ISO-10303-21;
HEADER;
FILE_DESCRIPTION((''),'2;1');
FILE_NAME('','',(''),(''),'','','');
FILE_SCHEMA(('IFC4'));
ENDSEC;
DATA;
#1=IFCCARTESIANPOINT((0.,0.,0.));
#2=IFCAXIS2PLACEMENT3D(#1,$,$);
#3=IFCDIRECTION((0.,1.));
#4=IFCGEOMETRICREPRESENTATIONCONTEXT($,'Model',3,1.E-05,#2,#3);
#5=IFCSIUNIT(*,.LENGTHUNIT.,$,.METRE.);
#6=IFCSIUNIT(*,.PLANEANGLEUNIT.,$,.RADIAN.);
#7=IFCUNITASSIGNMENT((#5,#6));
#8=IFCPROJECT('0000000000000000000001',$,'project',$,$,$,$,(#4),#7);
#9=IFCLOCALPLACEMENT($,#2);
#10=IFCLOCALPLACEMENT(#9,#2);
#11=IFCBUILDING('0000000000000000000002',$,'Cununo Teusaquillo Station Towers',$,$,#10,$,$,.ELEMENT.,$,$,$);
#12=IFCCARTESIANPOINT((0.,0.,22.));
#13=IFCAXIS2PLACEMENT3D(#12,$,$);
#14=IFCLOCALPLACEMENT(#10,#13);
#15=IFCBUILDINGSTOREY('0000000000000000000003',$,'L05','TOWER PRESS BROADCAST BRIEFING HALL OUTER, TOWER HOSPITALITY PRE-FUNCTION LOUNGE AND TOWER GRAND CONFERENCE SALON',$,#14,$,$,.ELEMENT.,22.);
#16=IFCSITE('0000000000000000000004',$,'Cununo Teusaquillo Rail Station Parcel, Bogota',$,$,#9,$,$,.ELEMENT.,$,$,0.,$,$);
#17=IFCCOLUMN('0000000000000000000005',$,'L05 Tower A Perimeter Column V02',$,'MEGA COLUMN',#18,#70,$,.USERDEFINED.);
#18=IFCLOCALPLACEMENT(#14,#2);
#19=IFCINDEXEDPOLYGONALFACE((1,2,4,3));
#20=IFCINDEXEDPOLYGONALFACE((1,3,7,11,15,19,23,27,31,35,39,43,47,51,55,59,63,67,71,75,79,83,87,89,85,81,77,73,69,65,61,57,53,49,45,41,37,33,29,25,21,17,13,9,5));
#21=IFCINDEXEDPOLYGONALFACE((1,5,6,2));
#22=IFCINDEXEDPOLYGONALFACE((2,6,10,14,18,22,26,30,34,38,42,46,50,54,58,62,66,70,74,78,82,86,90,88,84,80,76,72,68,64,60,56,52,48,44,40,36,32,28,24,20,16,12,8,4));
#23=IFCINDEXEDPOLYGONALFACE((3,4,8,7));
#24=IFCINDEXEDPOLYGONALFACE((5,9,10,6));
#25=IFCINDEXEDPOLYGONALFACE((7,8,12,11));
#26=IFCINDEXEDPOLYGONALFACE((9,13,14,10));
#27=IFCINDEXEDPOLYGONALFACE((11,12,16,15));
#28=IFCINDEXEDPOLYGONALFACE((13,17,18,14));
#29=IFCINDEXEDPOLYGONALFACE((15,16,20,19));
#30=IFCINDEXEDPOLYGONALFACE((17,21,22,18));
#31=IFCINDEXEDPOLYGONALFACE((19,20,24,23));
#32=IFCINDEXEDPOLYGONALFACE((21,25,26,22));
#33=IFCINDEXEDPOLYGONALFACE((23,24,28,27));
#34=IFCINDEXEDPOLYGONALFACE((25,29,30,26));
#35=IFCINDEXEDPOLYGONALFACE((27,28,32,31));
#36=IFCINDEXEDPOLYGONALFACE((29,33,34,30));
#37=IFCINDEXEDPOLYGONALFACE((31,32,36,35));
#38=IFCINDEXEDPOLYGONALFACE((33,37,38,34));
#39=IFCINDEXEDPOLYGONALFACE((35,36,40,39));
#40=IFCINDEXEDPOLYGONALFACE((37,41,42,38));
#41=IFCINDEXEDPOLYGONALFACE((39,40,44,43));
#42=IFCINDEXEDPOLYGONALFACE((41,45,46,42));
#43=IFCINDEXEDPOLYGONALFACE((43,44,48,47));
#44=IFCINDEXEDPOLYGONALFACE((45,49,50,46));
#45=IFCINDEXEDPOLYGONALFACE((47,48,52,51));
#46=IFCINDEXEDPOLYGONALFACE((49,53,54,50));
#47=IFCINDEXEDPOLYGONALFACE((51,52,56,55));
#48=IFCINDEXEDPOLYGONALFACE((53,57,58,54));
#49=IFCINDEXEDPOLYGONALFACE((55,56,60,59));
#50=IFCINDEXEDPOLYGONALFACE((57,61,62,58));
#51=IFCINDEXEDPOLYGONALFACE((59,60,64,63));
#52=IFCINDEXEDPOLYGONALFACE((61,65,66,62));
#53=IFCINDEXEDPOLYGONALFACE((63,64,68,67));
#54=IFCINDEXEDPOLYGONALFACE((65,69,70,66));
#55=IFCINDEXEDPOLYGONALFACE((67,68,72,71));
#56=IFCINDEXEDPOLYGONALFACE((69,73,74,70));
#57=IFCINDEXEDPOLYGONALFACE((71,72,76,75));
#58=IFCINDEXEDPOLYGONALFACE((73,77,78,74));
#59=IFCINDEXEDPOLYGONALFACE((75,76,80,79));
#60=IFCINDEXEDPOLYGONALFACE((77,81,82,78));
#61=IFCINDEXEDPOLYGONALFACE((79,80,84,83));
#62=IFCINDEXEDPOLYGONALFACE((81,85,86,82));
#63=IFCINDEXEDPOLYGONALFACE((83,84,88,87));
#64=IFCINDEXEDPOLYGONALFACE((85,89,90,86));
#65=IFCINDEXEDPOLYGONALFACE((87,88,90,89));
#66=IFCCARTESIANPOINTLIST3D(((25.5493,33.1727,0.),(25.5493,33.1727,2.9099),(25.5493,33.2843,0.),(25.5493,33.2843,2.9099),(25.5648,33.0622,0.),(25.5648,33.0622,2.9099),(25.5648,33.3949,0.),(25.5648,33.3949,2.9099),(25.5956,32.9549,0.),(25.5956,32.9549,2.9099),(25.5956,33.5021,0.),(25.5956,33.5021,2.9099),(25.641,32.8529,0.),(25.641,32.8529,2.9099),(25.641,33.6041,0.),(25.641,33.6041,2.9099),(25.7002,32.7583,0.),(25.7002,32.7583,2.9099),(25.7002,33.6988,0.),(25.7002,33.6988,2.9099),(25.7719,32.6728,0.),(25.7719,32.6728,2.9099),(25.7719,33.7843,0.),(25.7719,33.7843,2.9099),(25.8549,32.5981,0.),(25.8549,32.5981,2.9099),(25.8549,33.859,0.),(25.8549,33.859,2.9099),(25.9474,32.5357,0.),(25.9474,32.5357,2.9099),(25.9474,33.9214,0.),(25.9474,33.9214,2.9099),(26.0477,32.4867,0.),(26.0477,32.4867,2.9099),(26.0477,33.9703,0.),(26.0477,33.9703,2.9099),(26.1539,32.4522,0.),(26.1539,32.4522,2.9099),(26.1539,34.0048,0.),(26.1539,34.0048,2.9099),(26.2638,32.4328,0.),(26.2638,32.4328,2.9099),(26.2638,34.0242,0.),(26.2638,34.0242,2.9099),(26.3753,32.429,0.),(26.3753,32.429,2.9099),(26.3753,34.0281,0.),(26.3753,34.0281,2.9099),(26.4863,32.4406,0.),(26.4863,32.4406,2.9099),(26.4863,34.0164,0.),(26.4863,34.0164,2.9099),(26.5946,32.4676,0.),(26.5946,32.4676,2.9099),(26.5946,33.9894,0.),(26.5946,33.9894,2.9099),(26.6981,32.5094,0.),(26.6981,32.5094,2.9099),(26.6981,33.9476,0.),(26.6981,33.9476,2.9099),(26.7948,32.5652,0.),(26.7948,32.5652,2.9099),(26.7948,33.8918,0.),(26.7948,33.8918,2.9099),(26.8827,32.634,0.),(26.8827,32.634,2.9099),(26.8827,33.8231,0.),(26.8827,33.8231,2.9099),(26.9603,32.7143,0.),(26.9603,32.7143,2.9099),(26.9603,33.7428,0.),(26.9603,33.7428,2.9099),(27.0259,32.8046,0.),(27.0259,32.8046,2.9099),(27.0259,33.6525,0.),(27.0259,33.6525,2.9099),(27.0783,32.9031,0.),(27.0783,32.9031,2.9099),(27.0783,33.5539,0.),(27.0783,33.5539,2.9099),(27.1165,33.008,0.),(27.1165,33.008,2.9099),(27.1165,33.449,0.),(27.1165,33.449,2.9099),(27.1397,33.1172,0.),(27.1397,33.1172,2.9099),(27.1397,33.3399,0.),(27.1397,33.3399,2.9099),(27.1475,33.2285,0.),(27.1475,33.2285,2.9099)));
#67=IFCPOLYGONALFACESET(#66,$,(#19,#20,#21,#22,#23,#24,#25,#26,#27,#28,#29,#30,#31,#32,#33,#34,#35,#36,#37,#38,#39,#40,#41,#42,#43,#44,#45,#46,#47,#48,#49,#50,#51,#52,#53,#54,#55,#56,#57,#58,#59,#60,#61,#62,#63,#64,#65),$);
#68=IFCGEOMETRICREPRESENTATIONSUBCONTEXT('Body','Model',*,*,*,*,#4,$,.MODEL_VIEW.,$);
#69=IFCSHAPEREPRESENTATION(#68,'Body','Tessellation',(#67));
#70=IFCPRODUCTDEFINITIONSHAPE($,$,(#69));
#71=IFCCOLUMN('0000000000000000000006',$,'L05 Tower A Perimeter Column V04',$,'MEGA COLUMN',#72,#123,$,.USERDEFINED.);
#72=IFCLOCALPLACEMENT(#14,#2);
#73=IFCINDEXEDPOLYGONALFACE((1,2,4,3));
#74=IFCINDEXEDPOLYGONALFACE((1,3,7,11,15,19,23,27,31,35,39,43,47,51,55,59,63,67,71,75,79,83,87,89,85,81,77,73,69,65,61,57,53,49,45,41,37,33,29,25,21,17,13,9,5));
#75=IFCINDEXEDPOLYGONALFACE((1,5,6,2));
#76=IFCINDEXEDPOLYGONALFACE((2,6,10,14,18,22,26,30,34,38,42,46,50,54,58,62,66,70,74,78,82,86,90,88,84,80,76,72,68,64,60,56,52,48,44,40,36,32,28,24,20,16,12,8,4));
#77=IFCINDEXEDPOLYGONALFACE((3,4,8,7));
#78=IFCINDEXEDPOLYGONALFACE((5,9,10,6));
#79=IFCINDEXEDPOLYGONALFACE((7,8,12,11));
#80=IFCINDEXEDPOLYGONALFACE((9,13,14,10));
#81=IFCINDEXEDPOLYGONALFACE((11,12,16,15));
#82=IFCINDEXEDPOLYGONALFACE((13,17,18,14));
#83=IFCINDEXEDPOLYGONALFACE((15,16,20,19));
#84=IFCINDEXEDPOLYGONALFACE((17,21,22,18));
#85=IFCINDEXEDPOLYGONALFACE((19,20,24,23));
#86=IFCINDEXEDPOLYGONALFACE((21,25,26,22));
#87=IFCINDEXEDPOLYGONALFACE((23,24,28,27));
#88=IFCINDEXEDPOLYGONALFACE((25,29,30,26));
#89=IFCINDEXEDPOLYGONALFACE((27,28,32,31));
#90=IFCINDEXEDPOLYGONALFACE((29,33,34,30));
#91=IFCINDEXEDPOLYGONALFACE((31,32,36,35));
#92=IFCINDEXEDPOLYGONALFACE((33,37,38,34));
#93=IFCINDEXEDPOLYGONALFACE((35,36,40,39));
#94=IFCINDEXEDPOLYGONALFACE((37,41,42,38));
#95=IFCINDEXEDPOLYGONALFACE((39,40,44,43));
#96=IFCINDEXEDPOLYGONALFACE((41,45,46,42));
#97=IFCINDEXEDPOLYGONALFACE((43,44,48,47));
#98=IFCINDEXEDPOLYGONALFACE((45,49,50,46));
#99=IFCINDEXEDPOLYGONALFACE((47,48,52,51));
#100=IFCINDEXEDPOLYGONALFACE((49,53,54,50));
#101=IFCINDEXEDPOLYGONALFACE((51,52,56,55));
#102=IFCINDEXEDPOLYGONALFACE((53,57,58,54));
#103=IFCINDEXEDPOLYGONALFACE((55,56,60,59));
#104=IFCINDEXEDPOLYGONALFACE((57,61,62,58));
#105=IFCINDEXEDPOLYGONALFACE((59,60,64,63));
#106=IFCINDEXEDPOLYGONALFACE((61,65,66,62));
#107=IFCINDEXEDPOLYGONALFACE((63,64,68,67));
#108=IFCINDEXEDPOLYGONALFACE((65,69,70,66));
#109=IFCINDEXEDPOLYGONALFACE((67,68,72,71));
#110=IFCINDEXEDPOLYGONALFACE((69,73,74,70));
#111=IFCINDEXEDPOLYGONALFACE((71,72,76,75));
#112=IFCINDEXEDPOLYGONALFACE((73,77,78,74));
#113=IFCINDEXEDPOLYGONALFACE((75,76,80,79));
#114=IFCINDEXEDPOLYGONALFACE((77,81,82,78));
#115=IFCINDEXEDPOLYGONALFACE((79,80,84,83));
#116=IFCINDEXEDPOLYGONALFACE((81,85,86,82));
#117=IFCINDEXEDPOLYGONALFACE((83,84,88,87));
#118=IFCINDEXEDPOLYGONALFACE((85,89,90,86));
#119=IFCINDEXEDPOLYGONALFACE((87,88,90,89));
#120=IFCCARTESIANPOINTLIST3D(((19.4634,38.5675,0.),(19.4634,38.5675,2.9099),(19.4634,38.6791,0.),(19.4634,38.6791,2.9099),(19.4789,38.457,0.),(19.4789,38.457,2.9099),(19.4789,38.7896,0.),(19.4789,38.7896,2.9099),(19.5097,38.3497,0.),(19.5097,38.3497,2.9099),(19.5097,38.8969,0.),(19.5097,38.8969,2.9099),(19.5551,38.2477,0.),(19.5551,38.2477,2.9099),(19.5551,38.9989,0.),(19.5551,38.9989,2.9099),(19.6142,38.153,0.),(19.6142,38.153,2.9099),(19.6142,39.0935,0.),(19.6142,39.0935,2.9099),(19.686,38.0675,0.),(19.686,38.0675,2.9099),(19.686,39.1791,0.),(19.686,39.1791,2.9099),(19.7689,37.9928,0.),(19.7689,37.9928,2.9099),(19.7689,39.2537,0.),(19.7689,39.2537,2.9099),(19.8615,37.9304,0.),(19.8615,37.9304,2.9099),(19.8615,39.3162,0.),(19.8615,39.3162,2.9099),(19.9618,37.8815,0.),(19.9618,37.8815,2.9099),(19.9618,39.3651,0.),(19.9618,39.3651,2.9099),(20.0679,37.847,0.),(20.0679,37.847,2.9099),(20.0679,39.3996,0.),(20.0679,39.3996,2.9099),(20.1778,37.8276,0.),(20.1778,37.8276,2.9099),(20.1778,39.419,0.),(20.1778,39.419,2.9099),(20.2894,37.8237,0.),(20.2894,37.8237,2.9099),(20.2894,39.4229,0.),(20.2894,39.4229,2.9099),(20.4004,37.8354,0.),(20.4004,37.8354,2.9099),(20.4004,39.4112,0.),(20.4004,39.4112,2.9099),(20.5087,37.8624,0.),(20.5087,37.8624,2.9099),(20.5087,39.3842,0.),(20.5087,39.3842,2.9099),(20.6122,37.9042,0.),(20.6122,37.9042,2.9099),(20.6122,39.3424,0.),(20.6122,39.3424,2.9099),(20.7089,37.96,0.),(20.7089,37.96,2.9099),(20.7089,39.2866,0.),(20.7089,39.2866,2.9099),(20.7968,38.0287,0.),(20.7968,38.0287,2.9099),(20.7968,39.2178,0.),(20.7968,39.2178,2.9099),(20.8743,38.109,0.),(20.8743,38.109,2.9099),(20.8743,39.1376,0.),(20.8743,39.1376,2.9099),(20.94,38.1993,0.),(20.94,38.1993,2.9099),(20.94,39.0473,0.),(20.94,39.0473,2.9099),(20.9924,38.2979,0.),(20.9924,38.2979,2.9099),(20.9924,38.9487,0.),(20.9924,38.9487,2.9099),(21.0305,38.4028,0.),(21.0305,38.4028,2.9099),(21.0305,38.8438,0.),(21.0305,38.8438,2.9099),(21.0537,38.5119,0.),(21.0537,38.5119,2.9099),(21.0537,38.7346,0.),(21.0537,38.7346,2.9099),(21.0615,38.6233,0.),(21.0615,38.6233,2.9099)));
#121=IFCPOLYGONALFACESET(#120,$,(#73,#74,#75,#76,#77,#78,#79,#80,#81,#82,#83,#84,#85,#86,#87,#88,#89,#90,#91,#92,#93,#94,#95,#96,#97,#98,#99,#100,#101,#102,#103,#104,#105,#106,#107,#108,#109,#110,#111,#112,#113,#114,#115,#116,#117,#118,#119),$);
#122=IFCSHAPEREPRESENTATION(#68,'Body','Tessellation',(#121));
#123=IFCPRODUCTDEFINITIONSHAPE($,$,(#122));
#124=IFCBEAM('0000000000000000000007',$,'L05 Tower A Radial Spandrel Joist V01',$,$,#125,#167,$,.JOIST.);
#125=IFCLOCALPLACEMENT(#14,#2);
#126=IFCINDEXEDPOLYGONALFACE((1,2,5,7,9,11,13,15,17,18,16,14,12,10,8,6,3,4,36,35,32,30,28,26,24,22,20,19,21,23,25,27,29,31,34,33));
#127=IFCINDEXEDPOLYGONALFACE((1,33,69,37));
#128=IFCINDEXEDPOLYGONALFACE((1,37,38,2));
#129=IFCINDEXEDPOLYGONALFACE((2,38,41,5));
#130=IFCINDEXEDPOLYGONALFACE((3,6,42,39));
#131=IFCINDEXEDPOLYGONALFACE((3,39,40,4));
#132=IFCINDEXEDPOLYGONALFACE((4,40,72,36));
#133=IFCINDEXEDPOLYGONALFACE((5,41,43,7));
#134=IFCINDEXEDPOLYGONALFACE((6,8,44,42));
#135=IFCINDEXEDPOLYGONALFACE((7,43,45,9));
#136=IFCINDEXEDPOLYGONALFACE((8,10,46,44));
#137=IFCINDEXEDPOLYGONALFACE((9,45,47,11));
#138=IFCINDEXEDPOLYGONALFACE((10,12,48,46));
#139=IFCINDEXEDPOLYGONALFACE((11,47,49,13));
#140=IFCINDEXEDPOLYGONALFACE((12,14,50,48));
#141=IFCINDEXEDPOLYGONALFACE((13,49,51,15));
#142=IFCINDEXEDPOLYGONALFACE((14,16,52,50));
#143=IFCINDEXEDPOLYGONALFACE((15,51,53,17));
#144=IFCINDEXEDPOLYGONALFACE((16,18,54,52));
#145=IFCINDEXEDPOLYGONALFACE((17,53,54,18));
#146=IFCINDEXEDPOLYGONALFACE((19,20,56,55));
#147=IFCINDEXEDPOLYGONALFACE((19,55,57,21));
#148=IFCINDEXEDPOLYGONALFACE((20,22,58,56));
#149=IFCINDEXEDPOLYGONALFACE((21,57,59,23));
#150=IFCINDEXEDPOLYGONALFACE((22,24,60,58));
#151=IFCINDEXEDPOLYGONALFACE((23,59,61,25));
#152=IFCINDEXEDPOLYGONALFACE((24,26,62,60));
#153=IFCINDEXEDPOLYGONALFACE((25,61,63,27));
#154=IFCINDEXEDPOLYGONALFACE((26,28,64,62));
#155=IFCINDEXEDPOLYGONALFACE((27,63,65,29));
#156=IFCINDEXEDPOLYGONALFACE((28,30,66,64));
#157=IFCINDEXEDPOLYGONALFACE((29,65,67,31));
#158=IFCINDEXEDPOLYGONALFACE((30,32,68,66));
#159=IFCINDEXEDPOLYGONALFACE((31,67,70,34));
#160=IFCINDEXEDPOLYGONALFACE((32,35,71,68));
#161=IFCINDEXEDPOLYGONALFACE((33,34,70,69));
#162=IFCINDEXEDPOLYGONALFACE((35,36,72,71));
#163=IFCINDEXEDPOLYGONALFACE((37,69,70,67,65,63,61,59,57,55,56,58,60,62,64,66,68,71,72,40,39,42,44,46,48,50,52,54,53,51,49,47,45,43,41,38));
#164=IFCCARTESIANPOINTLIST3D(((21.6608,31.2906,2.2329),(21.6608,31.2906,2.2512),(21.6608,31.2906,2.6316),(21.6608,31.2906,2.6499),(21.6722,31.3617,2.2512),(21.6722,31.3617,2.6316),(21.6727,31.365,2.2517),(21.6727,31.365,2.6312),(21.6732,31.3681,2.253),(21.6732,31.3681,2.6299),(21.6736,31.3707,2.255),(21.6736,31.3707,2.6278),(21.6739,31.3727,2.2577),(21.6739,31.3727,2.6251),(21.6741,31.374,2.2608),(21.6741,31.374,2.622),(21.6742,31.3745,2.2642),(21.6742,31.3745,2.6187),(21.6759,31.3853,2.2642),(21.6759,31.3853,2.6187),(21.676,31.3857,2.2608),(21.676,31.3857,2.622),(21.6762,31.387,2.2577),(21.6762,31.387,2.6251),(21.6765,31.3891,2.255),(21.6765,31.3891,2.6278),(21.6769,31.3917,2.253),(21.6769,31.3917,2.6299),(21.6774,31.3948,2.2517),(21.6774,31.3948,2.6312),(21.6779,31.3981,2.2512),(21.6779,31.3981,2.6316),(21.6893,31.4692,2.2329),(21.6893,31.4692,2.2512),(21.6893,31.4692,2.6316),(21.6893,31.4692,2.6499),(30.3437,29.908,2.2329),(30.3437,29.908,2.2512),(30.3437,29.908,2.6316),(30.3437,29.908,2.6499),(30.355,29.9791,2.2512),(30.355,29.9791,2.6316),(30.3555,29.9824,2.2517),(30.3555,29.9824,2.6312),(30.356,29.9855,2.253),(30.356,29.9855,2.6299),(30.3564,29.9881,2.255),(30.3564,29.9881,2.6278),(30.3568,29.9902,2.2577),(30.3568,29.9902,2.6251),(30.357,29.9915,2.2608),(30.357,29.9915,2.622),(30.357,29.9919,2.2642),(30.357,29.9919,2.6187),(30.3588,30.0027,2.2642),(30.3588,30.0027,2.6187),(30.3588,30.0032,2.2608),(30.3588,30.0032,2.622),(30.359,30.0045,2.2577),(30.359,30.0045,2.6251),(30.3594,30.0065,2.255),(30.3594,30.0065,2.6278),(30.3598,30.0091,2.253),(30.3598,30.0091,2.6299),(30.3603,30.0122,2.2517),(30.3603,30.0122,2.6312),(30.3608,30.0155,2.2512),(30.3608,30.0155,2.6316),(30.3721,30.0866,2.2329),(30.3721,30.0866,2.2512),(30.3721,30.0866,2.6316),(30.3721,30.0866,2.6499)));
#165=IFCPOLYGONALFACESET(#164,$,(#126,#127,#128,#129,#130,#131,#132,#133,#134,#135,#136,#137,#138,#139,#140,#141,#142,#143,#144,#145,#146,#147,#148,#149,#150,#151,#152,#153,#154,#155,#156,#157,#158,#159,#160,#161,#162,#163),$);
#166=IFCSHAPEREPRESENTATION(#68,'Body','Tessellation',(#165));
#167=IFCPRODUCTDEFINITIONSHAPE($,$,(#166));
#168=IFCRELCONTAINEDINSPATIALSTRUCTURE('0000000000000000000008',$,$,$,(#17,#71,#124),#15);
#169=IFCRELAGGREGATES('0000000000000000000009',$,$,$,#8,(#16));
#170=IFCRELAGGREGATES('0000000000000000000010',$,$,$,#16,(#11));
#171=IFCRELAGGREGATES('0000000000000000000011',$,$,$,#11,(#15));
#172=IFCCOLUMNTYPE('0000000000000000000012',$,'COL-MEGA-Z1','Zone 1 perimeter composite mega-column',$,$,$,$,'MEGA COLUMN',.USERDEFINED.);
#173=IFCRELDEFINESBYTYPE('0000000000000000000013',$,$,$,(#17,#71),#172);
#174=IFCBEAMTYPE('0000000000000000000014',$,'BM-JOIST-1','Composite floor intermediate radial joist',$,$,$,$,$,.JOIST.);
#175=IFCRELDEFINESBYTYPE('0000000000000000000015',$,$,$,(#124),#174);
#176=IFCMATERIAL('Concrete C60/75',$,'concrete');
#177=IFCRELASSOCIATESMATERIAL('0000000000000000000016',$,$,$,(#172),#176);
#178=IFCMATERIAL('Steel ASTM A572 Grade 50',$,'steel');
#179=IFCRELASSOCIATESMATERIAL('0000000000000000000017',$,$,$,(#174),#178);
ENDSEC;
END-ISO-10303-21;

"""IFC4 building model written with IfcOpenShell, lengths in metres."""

from ifc_helpers import new_model, si_unit, direction, frame, origin, origin_2d, place, context, subcontext, project, spatial, circle, i_section, extrude, material, material_profile, profile_set, type_object, element, save


model = new_model("IFC4")

# Units and contexts
model_context = context("Model", 3, precision=1e-05, world=origin(), true_north=direction((0.0, 1.0)))
body_context = subcontext(model_context, "Body", "Model", "MODEL_VIEW")
ifc_project = project(units=[si_unit("LENGTHUNIT", "METRE"), si_unit("PLANEANGLEUNIT", "RADIAN")], contexts=[model_context])

# Site, building, storey
site_placement = place(None, origin())
site = spatial("IfcSite", under=ifc_project, at=site_placement, Name="Cununo Teusaquillo Rail Station Parcel, Bogota", CompositionType="ELEMENT", RefElevation=0.0)
building_placement = place(site_placement, origin())
building = spatial("IfcBuilding", under=site, at=building_placement, Name="Cununo Teusaquillo Station Towers", CompositionType="ELEMENT")
storey_placement = place(building_placement, frame((0.0, 0.0, 22.0)))
storey = spatial("IfcBuildingStorey", under=building, at=storey_placement, Name="L05", Description="TOWER PRESS BROADCAST BRIEFING HALL OUTER, TOWER HOSPITALITY PRE-FUNCTION LOUNGE AND TOWER GRAND CONFERENCE SALON", CompositionType="ELEMENT", Elevation=22.0)

# Columns
ifc_material_1 = material(Name="Concrete C60/75", Category="concrete")
ifc_material_profile_1 = material_profile(ifc_material_1, circle(Radius=0.8, at=origin_2d()), Name="RC-CIRC-1600")
ifc_profile_set_1 = profile_set([ifc_material_profile_1], Name="Concrete C60/75")
column_type = type_object("IfcColumnType", Name="COL-MEGA-Z1", Description="Zone 1 perimeter composite mega-column", ElementType="MEGA COLUMN", PredefinedType="USERDEFINED", material=ifc_profile_set_1)
for number, where, z_axis, x_axis, name in (
    (1, (26.3474, 33.2285, 0.0), (0.0, 0.0, 1.0), (1.0, 0.0, 0.0), "L05 Tower A Perimeter Column V02"),
    (2, (20.2615, 38.6233, 0.0), (0.0, 0.0, 1.0), (1.0, 0.0, 0.0), "L05 Tower A Perimeter Column V04"),
):
    element("IfcColumn", number, at=place(storey_placement, frame(where, z_axis=z_axis, x_axis=x_axis)), inside=storey, type_object=column_type, Name=name, ObjectType="MEGA COLUMN", PredefinedType="USERDEFINED", context=body_context, shape_type="SweptSolid", body=[
        extrude(circle(Radius=0.8, at=origin_2d()), origin(), (0.0, 0.0, 1.0), 2.9099),
    ])

# Beam
ifc_material_2 = material(Name="Steel ASTM A572 Grade 50", Category="steel")
ifc_material_profile_2 = material_profile(ifc_material_2, i_section(OverallWidth=0.1809, OverallDepth=0.417, WebThickness=0.011, FlangeThickness=0.0183, FilletRadius=0.0129, at=origin_2d()), Name="W16X57")
ifc_profile_set_2 = profile_set([ifc_material_profile_2], Name="Steel ASTM A572 Grade 50")
beam_type_1 = type_object("IfcBeamType", Name="BM-JOIST-1", Description="Composite floor intermediate radial joist", PredefinedType="JOIST", material=ifc_profile_set_2)
beam_1_placement = place(storey_placement, frame((21.675, 31.3799, 2.4414), z_axis=(0.987559, -0.157249, 0.0), x_axis=(0.157249, 0.987559, 0.0)))
element("IfcBeam", 3, at=beam_1_placement, inside=storey, type_object=beam_type_1, Name="L05 Tower A Radial Spandrel Joist V01", PredefinedType="JOIST", context=body_context, shape_type="SweptSolid", body=[
    extrude(i_section(OverallWidth=0.1809, OverallDepth=0.417, WebThickness=0.011, FlangeThickness=0.0183, FilletRadius=0.0129, at=origin_2d()), origin(), (0.0, 0.0, 1.0), 8.7922),
])

save(model, "model.ifc")
